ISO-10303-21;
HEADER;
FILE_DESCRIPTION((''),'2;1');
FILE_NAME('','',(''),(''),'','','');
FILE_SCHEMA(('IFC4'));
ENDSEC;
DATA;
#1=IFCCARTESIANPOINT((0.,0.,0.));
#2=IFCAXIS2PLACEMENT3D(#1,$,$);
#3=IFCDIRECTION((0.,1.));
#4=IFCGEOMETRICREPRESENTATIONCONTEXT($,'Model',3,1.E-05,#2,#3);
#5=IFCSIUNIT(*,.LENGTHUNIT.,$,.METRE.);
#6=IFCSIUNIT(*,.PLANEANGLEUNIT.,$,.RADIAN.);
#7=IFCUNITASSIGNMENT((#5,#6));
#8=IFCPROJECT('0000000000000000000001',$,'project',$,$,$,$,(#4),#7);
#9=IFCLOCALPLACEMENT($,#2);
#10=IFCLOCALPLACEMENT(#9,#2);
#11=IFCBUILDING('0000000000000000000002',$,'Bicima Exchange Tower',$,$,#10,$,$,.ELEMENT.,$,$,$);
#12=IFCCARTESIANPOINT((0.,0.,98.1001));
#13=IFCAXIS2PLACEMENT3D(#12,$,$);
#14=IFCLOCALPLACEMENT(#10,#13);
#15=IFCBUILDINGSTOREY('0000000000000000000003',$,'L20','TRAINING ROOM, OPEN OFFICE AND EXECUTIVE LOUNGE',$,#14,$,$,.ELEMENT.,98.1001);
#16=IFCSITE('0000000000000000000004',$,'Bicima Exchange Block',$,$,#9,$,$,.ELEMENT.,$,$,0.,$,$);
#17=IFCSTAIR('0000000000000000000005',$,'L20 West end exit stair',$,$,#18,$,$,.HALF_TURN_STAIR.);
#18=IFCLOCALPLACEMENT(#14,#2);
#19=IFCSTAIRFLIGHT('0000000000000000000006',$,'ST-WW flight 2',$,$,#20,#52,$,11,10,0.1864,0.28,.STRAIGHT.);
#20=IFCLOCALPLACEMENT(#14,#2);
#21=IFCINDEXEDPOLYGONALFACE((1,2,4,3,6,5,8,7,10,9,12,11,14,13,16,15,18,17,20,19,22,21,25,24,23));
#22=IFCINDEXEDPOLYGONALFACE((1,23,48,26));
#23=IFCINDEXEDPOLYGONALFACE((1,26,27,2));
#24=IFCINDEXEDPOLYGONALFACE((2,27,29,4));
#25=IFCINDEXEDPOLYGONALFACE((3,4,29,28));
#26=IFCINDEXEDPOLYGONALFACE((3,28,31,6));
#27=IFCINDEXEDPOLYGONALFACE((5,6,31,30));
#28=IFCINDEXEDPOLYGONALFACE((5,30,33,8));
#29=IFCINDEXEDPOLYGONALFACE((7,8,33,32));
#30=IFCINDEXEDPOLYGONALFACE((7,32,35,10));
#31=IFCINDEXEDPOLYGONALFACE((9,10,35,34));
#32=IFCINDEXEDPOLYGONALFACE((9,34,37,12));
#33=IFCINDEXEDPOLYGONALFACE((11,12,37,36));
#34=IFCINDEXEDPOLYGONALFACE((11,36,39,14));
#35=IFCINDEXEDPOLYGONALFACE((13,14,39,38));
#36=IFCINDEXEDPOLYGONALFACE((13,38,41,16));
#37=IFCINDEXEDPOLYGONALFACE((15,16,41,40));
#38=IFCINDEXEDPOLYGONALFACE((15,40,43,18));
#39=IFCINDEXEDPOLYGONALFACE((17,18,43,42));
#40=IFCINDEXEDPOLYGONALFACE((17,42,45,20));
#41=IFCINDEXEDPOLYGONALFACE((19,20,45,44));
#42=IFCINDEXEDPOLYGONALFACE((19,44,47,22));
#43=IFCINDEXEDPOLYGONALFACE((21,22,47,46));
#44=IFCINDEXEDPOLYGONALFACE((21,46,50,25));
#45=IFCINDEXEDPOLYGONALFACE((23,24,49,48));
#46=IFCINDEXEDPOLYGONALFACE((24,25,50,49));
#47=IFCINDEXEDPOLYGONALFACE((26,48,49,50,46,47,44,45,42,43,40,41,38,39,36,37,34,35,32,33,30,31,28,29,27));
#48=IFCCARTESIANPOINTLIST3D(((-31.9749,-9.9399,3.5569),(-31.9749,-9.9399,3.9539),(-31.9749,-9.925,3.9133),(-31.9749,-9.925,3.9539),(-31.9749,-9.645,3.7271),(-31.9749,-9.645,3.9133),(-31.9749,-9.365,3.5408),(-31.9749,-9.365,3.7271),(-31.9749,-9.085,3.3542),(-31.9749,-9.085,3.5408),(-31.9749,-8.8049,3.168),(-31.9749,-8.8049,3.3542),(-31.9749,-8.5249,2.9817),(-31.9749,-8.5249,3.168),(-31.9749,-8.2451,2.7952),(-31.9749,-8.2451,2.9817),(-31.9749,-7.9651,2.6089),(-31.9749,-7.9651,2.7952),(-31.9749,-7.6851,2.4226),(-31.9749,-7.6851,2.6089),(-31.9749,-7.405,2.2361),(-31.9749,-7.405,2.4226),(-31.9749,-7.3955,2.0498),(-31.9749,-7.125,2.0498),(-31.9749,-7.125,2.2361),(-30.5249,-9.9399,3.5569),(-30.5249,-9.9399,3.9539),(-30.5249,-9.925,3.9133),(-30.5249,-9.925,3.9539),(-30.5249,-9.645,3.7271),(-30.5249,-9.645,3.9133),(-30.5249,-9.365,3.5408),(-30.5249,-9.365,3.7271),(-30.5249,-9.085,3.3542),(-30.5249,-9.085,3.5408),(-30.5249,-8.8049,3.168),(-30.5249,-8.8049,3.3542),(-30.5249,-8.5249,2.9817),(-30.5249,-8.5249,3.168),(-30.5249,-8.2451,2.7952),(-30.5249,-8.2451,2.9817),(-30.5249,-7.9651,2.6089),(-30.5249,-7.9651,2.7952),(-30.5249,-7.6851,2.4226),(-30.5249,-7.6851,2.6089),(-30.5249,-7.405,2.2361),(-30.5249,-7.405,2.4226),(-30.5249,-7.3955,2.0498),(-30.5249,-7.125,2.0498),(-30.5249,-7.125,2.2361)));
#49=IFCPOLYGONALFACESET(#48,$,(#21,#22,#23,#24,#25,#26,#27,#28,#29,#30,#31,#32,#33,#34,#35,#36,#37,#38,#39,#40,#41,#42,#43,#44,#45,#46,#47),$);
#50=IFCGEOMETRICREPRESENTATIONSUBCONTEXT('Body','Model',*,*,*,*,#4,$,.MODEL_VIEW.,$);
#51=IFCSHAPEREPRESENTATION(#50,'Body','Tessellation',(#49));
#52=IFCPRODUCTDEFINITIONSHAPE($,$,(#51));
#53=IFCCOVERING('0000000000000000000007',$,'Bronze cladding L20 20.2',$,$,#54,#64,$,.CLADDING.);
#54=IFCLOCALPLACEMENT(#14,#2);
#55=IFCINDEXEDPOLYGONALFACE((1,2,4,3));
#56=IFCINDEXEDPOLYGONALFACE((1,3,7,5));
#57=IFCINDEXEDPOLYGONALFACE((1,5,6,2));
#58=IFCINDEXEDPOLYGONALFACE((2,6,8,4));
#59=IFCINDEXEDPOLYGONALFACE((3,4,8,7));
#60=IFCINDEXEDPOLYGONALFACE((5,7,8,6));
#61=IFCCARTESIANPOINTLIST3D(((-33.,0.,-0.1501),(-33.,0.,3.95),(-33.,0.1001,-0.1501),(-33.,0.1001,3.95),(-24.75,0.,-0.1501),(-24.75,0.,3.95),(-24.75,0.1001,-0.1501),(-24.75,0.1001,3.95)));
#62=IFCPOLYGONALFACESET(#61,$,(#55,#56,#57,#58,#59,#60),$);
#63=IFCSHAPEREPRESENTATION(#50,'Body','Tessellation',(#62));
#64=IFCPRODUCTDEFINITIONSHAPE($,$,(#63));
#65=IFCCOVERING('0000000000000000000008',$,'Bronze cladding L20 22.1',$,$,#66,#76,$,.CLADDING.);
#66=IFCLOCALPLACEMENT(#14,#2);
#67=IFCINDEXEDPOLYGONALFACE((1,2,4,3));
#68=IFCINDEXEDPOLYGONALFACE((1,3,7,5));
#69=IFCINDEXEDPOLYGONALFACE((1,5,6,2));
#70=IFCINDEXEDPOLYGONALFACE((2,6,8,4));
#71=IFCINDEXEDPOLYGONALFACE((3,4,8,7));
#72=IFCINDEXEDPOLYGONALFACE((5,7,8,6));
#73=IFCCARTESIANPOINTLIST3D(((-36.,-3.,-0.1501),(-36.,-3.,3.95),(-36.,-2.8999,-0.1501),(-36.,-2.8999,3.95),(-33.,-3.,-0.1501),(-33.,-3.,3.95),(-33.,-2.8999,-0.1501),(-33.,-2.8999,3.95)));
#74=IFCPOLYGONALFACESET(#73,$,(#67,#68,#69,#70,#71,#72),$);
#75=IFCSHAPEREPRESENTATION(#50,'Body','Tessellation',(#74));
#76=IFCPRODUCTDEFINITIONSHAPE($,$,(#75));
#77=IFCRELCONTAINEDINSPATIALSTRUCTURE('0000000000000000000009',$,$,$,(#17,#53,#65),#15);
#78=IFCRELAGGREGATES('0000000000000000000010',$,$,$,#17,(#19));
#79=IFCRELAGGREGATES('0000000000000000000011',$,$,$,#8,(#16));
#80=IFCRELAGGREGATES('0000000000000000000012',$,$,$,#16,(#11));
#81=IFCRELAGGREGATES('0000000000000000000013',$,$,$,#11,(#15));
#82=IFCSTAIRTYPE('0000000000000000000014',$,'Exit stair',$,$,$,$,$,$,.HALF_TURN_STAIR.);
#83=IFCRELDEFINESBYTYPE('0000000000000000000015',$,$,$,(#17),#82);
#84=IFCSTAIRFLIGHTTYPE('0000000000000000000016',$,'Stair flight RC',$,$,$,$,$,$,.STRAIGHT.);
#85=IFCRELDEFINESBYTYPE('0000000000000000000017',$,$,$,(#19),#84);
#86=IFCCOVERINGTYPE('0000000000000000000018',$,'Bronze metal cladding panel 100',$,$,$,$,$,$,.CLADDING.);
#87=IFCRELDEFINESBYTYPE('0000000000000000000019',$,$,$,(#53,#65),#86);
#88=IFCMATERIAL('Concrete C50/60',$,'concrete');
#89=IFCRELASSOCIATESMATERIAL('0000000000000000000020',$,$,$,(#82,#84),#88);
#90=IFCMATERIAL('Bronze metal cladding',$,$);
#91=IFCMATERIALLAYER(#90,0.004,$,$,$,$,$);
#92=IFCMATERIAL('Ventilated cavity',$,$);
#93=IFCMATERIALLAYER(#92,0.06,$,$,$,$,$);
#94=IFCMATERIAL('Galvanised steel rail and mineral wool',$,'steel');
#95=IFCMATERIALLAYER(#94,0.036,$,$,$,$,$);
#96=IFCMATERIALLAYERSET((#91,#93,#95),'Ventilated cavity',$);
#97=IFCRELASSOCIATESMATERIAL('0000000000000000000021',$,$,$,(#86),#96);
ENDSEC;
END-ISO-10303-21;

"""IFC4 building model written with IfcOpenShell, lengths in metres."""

from ifc_helpers import new_model, si_unit, direction, frame, origin, origin_2d, place, context, subcontext, project, spatial, polyline, rectangle, outline, extrude, material, layer, layer_set, type_object, element, aggregate, save


model = new_model("IFC4")

# Units and contexts
model_context = context("Model", 3, precision=1e-05, world=origin(), true_north=direction((0.0, 1.0)))
body_context = subcontext(model_context, "Body", "Model", "MODEL_VIEW")
ifc_project = project(units=[si_unit("LENGTHUNIT", "METRE"), si_unit("PLANEANGLEUNIT", "RADIAN")], contexts=[model_context])

# Site, building, storey
site_placement = place(None, origin())
site = spatial("IfcSite", under=ifc_project, at=site_placement, Name="Bicima Exchange Block", CompositionType="ELEMENT", RefElevation=0.0)
building_placement = place(site_placement, origin())
building = spatial("IfcBuilding", under=site, at=building_placement, Name="Bicima Exchange Tower", CompositionType="ELEMENT")
storey_placement = place(building_placement, frame((0.0, 0.0, 98.1001)))
storey = spatial("IfcBuildingStorey", under=building, at=storey_placement, Name="L20", Description="TRAINING ROOM, OPEN OFFICE AND EXECUTIVE LOUNGE", CompositionType="ELEMENT", Elevation=98.1001)

# Shared definitions
ifc_material_1 = material(Name="Concrete C50/60", Category="concrete")

# Stair, stair flight
stair_type = type_object("IfcStairType", Name="Exit stair", PredefinedType="HALF_TURN_STAIR", material=ifc_material_1)
stair_placement = place(storey_placement, origin())
stair = element("IfcStair", 1, at=stair_placement, inside=storey, type_object=stair_type, Name="L20 West end exit stair", PredefinedType="HALF_TURN_STAIR")
stair_flight_type = type_object("IfcStairFlightType", Name="Stair flight RC", PredefinedType="STRAIGHT", material=ifc_material_1)
stair_flight_placement = place(storey_placement, frame((-31.25, -7.125, 2.0498), z_axis=(0.0, 0.0, 1.0), x_axis=(0.0, -1.0, 0.0)))
stair_flight = element("IfcStairFlight", 2, at=stair_flight_placement, type_object=stair_flight_type, Name="ST-WW flight 2", NumberOfRisers=11, NumberOfTreads=10, PredefinedType="STRAIGHT", RiserHeight=0.1864, TreadLength=0.28, context=body_context, shape_type="SweptSolid", body=[
    extrude(outline(polyline([(0.0, 0.0), (0.0, 0.1863), (0.28, 0.1863), (0.28, 0.3728), (0.5601, 0.3728), (0.5601, 0.5591), (0.8401, 0.5591), (0.8401, 0.7454), (1.1201, 0.7454), (1.1201, 0.9319), (1.3999, 0.9319), (1.3999, 1.1182), (1.6799, 1.1182), (1.6799, 1.3044), (1.96, 1.3044), (1.96, 1.491), (2.24, 1.491), (2.24, 1.6772), (2.52, 1.6772), (2.52, 1.8635), (2.8, 1.8635), (2.8, 1.9041), (2.8149, 1.9041), (2.8149, 1.5071), (0.2705, 0.0), (0.0, 0.0)])), frame((0.0, 0.7251, 0.0), z_axis=(0.0, -1.0, 0.0), x_axis=(1.0, 0.0, 0.0)), (0.0, 0.0, 1.0), 1.45),
])
aggregate(stair, [stair_flight])

# Coverings
ifc_material_2 = material(Name="Bronze metal cladding")
ifc_layer_1 = layer(ifc_material_2, 0.004)
ifc_material_3 = material(Name="Ventilated cavity")
ifc_layer_2 = layer(ifc_material_3, 0.06)
ifc_material_4 = material(Name="Galvanised steel rail and mineral wool", Category="steel")
ifc_layer_3 = layer(ifc_material_4, 0.036)
ifc_layer_set_1 = layer_set([ifc_layer_1, ifc_layer_2, ifc_layer_3], Name="Ventilated cavity")
covering_type = type_object("IfcCoveringType", Name="Bronze metal cladding panel 100", PredefinedType="CLADDING", material=ifc_layer_set_1)
covering_1_placement = place(storey_placement, frame((-28.875, 0.05, -0.1501), z_axis=(0.0, 0.0, 1.0), x_axis=(-1.0, 0.0, 0.0)))
element("IfcCovering", 3, at=covering_1_placement, inside=storey, type_object=covering_type, Name="Bronze cladding L20 20.2", PredefinedType="CLADDING", context=body_context, shape_type="SweptSolid", body=[
    extrude(rectangle(XDim=8.25, YDim=0.1001, at=origin_2d()), origin(), (0.0, 0.0, 1.0), 4.1001),
])
covering_2_placement = place(storey_placement, frame((-34.5, -2.95, -0.1501), z_axis=(0.0, 0.0, 1.0), x_axis=(-1.0, 0.0, 0.0)))
element("IfcCovering", 4, at=covering_2_placement, inside=storey, type_object=covering_type, Name="Bronze cladding L20 22.1", PredefinedType="CLADDING", context=body_context, shape_type="SweptSolid", body=[
    extrude(rectangle(XDim=3.0, YDim=0.1001, at=origin_2d()), origin(), (0.0, 0.0, 1.0), 4.1001),
])

save(model, "model.ifc")
